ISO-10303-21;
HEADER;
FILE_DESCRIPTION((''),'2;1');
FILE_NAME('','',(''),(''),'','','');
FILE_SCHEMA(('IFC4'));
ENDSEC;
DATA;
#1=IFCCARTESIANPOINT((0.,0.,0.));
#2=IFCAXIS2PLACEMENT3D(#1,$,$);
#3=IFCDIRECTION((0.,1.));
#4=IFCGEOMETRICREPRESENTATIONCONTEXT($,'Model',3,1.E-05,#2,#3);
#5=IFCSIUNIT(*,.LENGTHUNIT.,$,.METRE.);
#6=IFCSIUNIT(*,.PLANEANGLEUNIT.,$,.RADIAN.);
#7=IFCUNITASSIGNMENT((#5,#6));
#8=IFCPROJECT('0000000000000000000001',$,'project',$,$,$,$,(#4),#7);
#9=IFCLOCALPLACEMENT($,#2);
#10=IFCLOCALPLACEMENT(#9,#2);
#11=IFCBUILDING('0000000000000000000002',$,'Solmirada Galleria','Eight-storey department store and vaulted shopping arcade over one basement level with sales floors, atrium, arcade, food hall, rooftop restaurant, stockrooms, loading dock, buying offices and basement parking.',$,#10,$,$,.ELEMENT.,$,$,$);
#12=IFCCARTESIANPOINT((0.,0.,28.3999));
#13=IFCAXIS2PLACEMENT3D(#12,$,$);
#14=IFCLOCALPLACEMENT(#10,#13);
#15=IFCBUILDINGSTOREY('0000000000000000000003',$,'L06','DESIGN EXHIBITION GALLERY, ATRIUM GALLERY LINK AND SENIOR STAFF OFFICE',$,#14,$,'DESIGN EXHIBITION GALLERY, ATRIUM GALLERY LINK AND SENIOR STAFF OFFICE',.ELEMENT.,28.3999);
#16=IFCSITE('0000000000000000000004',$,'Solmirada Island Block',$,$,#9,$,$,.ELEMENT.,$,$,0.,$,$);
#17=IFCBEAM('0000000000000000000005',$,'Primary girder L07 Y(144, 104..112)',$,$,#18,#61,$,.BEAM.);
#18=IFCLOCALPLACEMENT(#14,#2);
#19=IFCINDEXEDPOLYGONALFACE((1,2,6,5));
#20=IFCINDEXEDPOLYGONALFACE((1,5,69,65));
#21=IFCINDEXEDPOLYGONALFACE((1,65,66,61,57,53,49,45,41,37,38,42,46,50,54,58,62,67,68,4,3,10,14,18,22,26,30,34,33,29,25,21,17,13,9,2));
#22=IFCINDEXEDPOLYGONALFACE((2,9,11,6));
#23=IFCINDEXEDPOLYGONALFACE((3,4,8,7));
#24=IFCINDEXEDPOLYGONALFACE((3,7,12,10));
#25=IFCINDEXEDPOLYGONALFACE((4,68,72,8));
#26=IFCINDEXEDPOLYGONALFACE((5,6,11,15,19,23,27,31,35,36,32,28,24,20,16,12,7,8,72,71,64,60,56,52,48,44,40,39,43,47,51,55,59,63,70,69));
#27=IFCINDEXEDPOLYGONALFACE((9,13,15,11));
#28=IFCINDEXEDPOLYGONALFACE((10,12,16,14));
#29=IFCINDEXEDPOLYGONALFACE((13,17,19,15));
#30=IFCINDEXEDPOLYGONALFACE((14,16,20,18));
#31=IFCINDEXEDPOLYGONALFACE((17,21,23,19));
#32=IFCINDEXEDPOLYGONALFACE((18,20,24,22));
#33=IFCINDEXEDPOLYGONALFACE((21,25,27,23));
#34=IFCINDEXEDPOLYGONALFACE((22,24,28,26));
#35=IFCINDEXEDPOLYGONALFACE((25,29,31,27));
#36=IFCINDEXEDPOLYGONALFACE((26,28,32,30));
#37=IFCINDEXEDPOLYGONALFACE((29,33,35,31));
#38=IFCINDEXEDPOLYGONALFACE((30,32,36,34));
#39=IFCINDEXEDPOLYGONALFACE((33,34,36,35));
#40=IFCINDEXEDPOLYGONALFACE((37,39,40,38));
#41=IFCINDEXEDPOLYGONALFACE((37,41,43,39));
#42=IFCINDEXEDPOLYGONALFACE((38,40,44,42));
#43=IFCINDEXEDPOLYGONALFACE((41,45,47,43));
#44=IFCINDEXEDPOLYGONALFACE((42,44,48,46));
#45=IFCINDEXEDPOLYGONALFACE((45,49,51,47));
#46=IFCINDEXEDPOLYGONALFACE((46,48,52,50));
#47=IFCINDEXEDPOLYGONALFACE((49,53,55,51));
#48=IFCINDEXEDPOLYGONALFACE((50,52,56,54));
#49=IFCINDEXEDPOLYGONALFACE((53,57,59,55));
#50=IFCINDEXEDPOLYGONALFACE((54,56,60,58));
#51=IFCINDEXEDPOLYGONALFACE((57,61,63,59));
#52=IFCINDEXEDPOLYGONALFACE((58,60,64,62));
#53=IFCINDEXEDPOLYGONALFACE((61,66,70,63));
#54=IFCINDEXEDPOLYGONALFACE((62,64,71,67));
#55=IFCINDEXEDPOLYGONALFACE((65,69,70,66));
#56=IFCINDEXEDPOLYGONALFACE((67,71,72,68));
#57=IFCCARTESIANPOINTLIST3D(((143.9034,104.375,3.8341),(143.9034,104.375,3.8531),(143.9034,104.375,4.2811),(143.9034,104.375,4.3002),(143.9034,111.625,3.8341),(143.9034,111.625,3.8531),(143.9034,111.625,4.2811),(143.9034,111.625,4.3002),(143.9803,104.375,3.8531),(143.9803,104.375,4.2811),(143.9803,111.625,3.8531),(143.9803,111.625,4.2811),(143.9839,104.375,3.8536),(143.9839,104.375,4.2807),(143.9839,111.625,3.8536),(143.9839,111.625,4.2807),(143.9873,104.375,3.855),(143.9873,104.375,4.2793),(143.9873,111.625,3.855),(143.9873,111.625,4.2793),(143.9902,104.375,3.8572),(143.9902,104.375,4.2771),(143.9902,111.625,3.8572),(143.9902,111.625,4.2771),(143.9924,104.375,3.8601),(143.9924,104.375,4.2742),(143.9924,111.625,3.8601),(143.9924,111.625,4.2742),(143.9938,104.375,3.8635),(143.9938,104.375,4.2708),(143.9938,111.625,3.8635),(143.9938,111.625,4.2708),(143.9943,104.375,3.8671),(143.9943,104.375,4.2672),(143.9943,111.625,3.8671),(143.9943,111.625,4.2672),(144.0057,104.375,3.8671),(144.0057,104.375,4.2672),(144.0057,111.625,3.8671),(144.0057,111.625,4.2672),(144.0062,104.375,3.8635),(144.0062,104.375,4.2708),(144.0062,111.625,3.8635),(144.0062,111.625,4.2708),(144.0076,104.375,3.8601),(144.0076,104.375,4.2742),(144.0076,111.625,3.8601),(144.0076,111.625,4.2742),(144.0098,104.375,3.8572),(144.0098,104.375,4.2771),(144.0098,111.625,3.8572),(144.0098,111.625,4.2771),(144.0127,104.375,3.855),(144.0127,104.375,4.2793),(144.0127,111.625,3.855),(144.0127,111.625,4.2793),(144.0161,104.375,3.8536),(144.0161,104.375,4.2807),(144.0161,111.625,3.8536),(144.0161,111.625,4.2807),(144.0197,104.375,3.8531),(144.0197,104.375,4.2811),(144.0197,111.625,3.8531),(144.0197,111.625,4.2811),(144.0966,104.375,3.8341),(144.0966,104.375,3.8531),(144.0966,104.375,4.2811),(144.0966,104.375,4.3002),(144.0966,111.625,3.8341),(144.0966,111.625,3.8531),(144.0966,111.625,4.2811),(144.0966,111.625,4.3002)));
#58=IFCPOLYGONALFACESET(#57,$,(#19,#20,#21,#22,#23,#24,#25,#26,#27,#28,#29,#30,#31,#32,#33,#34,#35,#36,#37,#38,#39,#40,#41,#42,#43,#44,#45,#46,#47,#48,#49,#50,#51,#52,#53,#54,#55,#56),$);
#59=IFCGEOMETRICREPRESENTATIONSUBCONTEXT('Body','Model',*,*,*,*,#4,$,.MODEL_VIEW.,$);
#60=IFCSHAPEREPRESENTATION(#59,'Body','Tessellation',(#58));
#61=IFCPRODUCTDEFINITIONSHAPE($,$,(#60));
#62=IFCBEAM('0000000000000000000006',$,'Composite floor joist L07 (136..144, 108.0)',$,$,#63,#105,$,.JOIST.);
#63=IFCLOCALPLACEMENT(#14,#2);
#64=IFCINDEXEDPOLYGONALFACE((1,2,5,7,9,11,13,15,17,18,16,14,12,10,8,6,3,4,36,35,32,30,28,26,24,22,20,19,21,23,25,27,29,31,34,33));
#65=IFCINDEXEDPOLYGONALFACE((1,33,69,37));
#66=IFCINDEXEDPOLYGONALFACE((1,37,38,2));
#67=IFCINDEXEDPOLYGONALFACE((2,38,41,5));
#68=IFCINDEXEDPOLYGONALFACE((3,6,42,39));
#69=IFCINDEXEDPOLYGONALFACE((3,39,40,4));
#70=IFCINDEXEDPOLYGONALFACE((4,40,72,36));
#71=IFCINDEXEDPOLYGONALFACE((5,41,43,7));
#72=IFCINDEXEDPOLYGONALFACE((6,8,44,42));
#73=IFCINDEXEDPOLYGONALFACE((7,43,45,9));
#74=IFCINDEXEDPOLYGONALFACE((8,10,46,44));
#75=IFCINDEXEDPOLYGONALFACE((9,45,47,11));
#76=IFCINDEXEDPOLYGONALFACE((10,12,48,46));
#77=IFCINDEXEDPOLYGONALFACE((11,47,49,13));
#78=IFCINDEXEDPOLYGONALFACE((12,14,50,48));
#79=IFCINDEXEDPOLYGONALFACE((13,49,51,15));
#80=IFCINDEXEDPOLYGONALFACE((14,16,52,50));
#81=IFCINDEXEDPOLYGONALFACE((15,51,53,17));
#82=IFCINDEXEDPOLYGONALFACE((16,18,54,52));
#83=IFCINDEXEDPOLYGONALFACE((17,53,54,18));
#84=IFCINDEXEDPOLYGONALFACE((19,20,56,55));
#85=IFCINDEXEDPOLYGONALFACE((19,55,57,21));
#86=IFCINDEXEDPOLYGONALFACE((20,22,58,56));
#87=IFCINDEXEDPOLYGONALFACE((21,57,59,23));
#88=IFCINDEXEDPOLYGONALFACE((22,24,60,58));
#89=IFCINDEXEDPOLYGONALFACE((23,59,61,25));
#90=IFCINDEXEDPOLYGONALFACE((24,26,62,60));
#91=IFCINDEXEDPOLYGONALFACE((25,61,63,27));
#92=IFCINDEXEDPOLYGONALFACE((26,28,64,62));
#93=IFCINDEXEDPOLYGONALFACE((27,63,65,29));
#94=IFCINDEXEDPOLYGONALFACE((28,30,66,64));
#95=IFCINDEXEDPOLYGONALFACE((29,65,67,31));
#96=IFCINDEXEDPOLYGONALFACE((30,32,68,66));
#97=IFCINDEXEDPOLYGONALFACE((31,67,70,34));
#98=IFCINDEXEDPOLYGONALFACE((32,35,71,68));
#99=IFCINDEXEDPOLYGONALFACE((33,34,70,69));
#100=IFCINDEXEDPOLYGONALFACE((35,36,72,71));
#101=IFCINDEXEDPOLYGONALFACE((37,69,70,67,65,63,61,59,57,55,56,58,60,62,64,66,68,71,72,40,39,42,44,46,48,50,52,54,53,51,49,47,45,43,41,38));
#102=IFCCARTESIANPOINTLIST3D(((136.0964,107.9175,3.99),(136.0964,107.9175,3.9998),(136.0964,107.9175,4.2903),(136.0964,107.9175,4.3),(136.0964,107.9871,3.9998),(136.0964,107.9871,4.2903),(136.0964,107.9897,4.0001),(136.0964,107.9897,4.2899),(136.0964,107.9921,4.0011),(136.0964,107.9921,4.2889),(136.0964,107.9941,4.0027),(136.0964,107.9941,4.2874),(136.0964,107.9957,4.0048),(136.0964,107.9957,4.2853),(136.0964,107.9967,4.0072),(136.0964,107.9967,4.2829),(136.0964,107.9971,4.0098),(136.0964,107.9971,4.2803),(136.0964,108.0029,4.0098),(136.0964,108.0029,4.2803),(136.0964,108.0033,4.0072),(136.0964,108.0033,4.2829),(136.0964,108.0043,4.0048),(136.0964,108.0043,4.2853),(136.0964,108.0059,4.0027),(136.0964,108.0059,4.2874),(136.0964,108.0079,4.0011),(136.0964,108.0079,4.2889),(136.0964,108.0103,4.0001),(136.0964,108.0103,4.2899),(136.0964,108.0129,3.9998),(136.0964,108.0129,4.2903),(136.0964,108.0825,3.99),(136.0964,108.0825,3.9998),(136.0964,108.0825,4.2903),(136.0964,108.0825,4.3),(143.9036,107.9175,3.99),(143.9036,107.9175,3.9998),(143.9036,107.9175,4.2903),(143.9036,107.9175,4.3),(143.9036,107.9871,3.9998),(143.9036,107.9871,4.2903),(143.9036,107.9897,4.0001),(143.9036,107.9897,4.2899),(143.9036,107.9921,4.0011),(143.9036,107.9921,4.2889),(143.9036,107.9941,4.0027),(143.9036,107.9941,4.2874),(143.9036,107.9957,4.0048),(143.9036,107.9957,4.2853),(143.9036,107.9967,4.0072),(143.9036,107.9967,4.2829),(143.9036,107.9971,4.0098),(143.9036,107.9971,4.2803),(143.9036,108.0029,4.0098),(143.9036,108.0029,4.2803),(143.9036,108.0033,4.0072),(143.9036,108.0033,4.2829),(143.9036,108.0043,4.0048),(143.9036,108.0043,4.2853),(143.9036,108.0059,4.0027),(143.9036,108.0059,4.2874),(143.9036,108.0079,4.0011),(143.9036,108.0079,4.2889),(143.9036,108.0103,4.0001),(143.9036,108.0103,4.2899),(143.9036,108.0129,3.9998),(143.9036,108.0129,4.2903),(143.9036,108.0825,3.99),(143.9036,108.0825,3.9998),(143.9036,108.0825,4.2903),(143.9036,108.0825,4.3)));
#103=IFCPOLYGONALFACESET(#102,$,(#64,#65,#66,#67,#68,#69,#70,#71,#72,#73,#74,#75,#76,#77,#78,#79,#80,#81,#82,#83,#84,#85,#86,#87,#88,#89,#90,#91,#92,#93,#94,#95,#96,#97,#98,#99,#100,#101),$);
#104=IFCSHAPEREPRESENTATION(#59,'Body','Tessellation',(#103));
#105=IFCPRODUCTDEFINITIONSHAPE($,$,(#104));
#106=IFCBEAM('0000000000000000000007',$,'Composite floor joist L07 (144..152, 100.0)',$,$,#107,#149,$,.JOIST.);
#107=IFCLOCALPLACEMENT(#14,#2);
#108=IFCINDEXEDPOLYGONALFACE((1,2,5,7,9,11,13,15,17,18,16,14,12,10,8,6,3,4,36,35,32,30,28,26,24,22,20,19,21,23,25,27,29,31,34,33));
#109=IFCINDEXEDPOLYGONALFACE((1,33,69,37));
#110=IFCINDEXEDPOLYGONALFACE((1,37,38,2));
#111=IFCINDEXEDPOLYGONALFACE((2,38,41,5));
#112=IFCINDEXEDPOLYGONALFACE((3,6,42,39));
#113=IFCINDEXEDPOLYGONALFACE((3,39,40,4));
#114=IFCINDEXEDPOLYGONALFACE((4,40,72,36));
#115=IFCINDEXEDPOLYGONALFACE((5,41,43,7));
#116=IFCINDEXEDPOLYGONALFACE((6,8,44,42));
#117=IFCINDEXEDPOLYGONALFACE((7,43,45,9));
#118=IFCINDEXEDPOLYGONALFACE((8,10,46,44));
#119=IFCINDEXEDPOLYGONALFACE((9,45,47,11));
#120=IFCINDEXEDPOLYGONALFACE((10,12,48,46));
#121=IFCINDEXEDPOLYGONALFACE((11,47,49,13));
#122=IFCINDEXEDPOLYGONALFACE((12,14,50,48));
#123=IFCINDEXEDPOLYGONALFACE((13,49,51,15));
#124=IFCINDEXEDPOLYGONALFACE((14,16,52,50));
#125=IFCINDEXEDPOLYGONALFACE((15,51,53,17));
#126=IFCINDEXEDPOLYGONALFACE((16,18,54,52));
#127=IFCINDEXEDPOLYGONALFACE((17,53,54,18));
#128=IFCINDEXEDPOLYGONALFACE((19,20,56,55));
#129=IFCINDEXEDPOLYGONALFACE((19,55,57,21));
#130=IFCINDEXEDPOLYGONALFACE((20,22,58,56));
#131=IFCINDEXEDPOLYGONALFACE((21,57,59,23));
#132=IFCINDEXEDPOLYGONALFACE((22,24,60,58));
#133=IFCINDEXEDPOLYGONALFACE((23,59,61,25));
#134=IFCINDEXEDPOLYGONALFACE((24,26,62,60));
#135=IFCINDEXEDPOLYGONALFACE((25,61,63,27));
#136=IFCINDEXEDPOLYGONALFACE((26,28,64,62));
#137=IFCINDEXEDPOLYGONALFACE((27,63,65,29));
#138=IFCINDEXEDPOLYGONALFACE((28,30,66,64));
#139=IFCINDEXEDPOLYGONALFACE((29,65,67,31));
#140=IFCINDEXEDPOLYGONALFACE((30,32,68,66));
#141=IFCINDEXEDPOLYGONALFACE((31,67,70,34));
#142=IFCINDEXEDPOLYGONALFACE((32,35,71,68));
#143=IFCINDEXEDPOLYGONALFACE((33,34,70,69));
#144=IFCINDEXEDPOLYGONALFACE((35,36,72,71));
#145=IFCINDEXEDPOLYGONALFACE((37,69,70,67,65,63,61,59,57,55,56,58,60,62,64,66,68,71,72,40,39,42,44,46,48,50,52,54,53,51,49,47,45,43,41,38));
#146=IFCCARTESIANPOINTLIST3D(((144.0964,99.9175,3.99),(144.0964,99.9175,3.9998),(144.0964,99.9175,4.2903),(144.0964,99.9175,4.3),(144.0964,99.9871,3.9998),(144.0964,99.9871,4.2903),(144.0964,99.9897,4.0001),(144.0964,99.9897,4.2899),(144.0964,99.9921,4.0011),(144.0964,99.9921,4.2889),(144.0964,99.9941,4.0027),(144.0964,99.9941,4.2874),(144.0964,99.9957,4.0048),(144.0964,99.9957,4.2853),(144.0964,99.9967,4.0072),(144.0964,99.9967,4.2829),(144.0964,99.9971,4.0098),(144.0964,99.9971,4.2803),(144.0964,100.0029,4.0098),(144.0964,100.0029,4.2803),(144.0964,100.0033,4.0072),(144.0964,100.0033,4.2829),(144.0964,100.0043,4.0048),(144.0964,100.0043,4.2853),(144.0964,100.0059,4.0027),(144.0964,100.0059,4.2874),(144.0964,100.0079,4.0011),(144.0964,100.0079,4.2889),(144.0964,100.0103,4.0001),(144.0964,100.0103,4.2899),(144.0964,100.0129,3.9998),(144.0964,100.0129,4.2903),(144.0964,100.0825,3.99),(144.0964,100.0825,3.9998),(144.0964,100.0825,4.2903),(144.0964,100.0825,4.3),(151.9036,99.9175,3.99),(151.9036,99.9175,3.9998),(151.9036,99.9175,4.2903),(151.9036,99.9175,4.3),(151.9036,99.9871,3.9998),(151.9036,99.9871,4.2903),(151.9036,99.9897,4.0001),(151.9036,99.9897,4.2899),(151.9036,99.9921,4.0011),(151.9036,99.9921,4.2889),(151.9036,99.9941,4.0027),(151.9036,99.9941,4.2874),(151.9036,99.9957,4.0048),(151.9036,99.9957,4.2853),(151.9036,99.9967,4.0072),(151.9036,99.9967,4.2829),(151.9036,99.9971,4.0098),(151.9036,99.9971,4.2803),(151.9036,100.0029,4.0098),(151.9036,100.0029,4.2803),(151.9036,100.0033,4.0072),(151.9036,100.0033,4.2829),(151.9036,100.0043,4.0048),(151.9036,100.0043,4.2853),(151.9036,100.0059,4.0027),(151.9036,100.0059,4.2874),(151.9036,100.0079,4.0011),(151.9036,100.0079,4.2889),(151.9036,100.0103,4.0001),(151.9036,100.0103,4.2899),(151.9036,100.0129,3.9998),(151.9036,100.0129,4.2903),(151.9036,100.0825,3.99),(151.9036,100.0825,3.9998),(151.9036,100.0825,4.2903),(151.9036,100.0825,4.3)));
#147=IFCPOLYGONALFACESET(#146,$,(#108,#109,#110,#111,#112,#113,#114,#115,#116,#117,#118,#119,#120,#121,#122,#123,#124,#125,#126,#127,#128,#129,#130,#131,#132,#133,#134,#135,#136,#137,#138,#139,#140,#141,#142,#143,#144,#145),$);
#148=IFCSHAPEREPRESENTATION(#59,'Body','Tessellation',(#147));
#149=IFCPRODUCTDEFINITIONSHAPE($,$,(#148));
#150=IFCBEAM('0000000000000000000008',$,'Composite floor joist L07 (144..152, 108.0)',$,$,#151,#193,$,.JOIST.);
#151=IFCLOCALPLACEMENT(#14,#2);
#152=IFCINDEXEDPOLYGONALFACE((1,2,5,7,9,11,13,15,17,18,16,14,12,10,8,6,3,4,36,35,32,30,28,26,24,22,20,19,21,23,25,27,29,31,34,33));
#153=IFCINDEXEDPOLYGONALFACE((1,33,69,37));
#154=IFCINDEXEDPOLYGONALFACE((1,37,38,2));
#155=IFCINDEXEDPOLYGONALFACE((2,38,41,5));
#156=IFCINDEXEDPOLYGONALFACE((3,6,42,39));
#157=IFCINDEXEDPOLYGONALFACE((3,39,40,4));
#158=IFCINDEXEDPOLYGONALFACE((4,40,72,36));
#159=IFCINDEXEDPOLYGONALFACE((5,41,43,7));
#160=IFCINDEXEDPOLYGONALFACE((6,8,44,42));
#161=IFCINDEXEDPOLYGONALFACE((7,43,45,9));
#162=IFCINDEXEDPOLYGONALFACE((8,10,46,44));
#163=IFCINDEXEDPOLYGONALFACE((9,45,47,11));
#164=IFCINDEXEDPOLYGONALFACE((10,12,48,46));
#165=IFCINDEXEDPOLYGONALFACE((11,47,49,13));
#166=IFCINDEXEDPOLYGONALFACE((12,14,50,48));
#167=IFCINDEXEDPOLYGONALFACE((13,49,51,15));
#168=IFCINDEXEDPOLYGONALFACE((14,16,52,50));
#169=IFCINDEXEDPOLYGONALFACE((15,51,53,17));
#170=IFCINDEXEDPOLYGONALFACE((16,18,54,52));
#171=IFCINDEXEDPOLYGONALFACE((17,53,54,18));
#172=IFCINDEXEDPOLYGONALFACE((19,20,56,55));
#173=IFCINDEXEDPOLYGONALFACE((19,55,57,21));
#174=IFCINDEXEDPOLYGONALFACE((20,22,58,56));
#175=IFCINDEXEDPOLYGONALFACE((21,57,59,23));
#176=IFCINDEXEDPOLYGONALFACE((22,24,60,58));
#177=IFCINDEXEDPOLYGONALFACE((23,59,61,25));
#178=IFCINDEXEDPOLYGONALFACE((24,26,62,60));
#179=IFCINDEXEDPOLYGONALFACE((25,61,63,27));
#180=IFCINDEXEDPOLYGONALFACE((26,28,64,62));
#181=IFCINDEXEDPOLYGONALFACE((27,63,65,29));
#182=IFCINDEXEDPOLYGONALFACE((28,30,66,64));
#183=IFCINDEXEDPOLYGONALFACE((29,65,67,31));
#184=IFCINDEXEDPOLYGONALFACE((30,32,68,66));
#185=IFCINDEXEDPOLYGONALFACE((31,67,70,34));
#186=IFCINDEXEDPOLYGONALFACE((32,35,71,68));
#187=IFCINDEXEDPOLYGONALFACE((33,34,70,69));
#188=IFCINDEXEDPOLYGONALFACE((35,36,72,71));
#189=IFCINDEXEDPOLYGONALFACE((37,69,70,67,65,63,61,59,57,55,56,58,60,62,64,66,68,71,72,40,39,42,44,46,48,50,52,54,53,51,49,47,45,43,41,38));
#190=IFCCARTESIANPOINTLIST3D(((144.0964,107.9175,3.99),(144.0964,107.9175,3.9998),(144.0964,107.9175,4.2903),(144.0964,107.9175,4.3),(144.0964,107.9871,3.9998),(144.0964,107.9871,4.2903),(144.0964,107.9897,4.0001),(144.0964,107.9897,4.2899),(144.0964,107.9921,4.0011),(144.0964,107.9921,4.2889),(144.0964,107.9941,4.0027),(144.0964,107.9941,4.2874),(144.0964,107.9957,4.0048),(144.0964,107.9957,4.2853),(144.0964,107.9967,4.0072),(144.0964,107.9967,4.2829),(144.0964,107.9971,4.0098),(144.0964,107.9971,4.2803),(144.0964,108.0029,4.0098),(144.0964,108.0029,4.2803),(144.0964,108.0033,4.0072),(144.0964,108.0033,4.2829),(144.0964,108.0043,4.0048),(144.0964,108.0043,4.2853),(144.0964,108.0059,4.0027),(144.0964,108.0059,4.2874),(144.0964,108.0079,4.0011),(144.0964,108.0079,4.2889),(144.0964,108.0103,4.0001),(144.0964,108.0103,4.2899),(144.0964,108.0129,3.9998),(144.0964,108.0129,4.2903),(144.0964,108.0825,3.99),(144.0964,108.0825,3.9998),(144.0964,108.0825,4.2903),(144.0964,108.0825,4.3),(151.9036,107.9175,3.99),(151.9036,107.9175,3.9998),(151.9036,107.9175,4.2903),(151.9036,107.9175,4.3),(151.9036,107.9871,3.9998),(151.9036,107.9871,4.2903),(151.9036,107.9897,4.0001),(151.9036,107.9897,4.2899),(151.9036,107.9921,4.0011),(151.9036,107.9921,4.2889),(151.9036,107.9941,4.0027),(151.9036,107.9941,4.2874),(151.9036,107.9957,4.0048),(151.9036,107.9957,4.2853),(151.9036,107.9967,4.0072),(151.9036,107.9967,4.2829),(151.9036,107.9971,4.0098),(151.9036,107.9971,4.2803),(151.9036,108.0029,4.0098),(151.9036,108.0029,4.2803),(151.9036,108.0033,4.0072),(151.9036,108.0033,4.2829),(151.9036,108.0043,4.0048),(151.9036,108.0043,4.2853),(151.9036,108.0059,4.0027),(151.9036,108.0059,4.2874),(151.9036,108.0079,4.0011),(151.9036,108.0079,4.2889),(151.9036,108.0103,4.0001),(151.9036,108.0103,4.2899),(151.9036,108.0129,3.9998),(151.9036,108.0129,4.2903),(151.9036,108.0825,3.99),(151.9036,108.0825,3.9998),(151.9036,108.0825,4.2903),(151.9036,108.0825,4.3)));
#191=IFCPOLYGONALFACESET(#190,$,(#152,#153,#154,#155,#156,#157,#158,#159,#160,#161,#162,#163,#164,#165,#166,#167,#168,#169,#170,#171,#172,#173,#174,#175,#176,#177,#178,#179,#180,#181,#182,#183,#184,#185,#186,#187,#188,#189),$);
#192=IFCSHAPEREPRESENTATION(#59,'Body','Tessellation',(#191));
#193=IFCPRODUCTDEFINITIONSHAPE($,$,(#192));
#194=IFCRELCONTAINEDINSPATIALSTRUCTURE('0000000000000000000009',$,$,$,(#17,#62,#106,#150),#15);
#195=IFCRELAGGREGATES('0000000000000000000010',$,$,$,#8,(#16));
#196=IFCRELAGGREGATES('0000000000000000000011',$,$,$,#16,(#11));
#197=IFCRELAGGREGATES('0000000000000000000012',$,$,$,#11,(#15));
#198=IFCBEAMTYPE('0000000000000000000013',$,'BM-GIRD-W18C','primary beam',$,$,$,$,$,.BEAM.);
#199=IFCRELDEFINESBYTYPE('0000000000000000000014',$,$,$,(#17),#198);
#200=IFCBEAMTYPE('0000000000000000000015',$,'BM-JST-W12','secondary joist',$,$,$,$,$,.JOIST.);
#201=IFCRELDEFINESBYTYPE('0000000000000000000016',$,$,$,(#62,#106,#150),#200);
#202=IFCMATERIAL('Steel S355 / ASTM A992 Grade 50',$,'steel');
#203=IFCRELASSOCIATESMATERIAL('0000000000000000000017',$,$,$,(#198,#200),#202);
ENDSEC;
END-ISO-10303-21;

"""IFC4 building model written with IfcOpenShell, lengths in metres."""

from ifc_helpers import new_model, si_unit, direction, frame, origin, origin_2d, place, context, subcontext, project, spatial, i_section, extrude, material, material_profile, profile_set, type_object, element, save


model = new_model("IFC4")

# Units and contexts
model_context = context("Model", 3, precision=1e-05, world=origin(), true_north=direction((0.0, 1.0)))
body_context = subcontext(model_context, "Body", "Model", "MODEL_VIEW")
ifc_project = project(units=[si_unit("LENGTHUNIT", "METRE"), si_unit("PLANEANGLEUNIT", "RADIAN")], contexts=[model_context])

# Site, building, storey
site_placement = place(None, origin())
site = spatial("IfcSite", under=ifc_project, at=site_placement, Name="Solmirada Island Block", CompositionType="ELEMENT", RefElevation=0.0)
building_placement = place(site_placement, origin())
building = spatial("IfcBuilding", under=site, at=building_placement, Name="Solmirada Galleria", Description="Eight-storey department store and vaulted shopping arcade over one basement level with sales floors, atrium, arcade, food hall, rooftop restaurant, stockrooms, loading dock, buying offices and basement parking.", CompositionType="ELEMENT")
storey_placement = place(building_placement, frame((0.0, 0.0, 28.3999)))
storey = spatial("IfcBuildingStorey", under=building, at=storey_placement, Name="L06", Description="DESIGN EXHIBITION GALLERY, ATRIUM GALLERY LINK AND SENIOR STAFF OFFICE", LongName="DESIGN EXHIBITION GALLERY, ATRIUM GALLERY LINK AND SENIOR STAFF OFFICE", CompositionType="ELEMENT", Elevation=28.3999)

# Beams
ifc_material_1 = material(Name="Steel S355 / ASTM A992 Grade 50", Category="steel")
ifc_material_profile_1 = material_profile(ifc_material_1, i_section(OverallWidth=0.1931, OverallDepth=0.4661, WebThickness=0.0115, FlangeThickness=0.019, FilletRadius=0.0139, at=origin_2d()), Name="W18X65")
ifc_profile_set_1 = profile_set([ifc_material_profile_1], Name="Steel S355 / ASTM A992 Grade 50")
beam_type_1 = type_object("IfcBeamType", Name="BM-GIRD-W18C", Description="primary beam", PredefinedType="BEAM", material=ifc_profile_set_1)
for number, where, z_axis, x_axis, name in (
    (1, (144.0, 104.375, 4.0671), (0.0, 1.0, 0.0), (-1.0, 0.0, 0.0), "Primary girder L07 Y(144, 104..112)"),
):
    element("IfcBeam", number, at=place(storey_placement, frame(where, z_axis=z_axis, x_axis=x_axis)), inside=storey, type_object=beam_type_1, Name=name, PredefinedType="BEAM", context=body_context, shape_type="SweptSolid", body=[
        extrude(i_section(OverallWidth=0.1931, OverallDepth=0.4661, WebThickness=0.0115, FlangeThickness=0.019, FilletRadius=0.0139, at=origin_2d()), origin(), (0.0, 0.0, 1.0), 7.25),
    ])
ifc_material_profile_2 = material_profile(ifc_material_1, i_section(OverallWidth=0.165, OverallDepth=0.3101, WebThickness=0.0059, FlangeThickness=0.0098, FilletRadius=0.01, at=origin_2d()), Name="W12X26")
ifc_profile_set_2 = profile_set([ifc_material_profile_2], Name="Steel S355 / ASTM A992 Grade 50")
beam_type_2 = type_object("IfcBeamType", Name="BM-JST-W12", Description="secondary joist", PredefinedType="JOIST", material=ifc_profile_set_2)
for number, where, z_axis, x_axis, name in (
    (2, (136.0964, 108.0, 4.145), (1.0, 0.0, 0.0), (0.0, 1.0, 0.0), "Composite floor joist L07 (136..144, 108.0)"),
    (3, (144.0964, 100.0, 4.145), (1.0, 0.0, 0.0), (0.0, 1.0, 0.0), "Composite floor joist L07 (144..152, 100.0)"),
    (4, (144.0964, 108.0, 4.145), (1.0, 0.0, 0.0), (0.0, 1.0, 0.0), "Composite floor joist L07 (144..152, 108.0)"),
):
    element("IfcBeam", number, at=place(storey_placement, frame(where, z_axis=z_axis, x_axis=x_axis)), inside=storey, type_object=beam_type_2, Name=name, PredefinedType="JOIST", context=body_context, shape_type="SweptSolid", body=[
        extrude(i_section(OverallWidth=0.165, OverallDepth=0.3101, WebThickness=0.0059, FlangeThickness=0.0098, FilletRadius=0.01, at=origin_2d()), origin(), (0.0, 0.0, 1.0), 7.8071),
    ])

save(model, "model.ifc")
